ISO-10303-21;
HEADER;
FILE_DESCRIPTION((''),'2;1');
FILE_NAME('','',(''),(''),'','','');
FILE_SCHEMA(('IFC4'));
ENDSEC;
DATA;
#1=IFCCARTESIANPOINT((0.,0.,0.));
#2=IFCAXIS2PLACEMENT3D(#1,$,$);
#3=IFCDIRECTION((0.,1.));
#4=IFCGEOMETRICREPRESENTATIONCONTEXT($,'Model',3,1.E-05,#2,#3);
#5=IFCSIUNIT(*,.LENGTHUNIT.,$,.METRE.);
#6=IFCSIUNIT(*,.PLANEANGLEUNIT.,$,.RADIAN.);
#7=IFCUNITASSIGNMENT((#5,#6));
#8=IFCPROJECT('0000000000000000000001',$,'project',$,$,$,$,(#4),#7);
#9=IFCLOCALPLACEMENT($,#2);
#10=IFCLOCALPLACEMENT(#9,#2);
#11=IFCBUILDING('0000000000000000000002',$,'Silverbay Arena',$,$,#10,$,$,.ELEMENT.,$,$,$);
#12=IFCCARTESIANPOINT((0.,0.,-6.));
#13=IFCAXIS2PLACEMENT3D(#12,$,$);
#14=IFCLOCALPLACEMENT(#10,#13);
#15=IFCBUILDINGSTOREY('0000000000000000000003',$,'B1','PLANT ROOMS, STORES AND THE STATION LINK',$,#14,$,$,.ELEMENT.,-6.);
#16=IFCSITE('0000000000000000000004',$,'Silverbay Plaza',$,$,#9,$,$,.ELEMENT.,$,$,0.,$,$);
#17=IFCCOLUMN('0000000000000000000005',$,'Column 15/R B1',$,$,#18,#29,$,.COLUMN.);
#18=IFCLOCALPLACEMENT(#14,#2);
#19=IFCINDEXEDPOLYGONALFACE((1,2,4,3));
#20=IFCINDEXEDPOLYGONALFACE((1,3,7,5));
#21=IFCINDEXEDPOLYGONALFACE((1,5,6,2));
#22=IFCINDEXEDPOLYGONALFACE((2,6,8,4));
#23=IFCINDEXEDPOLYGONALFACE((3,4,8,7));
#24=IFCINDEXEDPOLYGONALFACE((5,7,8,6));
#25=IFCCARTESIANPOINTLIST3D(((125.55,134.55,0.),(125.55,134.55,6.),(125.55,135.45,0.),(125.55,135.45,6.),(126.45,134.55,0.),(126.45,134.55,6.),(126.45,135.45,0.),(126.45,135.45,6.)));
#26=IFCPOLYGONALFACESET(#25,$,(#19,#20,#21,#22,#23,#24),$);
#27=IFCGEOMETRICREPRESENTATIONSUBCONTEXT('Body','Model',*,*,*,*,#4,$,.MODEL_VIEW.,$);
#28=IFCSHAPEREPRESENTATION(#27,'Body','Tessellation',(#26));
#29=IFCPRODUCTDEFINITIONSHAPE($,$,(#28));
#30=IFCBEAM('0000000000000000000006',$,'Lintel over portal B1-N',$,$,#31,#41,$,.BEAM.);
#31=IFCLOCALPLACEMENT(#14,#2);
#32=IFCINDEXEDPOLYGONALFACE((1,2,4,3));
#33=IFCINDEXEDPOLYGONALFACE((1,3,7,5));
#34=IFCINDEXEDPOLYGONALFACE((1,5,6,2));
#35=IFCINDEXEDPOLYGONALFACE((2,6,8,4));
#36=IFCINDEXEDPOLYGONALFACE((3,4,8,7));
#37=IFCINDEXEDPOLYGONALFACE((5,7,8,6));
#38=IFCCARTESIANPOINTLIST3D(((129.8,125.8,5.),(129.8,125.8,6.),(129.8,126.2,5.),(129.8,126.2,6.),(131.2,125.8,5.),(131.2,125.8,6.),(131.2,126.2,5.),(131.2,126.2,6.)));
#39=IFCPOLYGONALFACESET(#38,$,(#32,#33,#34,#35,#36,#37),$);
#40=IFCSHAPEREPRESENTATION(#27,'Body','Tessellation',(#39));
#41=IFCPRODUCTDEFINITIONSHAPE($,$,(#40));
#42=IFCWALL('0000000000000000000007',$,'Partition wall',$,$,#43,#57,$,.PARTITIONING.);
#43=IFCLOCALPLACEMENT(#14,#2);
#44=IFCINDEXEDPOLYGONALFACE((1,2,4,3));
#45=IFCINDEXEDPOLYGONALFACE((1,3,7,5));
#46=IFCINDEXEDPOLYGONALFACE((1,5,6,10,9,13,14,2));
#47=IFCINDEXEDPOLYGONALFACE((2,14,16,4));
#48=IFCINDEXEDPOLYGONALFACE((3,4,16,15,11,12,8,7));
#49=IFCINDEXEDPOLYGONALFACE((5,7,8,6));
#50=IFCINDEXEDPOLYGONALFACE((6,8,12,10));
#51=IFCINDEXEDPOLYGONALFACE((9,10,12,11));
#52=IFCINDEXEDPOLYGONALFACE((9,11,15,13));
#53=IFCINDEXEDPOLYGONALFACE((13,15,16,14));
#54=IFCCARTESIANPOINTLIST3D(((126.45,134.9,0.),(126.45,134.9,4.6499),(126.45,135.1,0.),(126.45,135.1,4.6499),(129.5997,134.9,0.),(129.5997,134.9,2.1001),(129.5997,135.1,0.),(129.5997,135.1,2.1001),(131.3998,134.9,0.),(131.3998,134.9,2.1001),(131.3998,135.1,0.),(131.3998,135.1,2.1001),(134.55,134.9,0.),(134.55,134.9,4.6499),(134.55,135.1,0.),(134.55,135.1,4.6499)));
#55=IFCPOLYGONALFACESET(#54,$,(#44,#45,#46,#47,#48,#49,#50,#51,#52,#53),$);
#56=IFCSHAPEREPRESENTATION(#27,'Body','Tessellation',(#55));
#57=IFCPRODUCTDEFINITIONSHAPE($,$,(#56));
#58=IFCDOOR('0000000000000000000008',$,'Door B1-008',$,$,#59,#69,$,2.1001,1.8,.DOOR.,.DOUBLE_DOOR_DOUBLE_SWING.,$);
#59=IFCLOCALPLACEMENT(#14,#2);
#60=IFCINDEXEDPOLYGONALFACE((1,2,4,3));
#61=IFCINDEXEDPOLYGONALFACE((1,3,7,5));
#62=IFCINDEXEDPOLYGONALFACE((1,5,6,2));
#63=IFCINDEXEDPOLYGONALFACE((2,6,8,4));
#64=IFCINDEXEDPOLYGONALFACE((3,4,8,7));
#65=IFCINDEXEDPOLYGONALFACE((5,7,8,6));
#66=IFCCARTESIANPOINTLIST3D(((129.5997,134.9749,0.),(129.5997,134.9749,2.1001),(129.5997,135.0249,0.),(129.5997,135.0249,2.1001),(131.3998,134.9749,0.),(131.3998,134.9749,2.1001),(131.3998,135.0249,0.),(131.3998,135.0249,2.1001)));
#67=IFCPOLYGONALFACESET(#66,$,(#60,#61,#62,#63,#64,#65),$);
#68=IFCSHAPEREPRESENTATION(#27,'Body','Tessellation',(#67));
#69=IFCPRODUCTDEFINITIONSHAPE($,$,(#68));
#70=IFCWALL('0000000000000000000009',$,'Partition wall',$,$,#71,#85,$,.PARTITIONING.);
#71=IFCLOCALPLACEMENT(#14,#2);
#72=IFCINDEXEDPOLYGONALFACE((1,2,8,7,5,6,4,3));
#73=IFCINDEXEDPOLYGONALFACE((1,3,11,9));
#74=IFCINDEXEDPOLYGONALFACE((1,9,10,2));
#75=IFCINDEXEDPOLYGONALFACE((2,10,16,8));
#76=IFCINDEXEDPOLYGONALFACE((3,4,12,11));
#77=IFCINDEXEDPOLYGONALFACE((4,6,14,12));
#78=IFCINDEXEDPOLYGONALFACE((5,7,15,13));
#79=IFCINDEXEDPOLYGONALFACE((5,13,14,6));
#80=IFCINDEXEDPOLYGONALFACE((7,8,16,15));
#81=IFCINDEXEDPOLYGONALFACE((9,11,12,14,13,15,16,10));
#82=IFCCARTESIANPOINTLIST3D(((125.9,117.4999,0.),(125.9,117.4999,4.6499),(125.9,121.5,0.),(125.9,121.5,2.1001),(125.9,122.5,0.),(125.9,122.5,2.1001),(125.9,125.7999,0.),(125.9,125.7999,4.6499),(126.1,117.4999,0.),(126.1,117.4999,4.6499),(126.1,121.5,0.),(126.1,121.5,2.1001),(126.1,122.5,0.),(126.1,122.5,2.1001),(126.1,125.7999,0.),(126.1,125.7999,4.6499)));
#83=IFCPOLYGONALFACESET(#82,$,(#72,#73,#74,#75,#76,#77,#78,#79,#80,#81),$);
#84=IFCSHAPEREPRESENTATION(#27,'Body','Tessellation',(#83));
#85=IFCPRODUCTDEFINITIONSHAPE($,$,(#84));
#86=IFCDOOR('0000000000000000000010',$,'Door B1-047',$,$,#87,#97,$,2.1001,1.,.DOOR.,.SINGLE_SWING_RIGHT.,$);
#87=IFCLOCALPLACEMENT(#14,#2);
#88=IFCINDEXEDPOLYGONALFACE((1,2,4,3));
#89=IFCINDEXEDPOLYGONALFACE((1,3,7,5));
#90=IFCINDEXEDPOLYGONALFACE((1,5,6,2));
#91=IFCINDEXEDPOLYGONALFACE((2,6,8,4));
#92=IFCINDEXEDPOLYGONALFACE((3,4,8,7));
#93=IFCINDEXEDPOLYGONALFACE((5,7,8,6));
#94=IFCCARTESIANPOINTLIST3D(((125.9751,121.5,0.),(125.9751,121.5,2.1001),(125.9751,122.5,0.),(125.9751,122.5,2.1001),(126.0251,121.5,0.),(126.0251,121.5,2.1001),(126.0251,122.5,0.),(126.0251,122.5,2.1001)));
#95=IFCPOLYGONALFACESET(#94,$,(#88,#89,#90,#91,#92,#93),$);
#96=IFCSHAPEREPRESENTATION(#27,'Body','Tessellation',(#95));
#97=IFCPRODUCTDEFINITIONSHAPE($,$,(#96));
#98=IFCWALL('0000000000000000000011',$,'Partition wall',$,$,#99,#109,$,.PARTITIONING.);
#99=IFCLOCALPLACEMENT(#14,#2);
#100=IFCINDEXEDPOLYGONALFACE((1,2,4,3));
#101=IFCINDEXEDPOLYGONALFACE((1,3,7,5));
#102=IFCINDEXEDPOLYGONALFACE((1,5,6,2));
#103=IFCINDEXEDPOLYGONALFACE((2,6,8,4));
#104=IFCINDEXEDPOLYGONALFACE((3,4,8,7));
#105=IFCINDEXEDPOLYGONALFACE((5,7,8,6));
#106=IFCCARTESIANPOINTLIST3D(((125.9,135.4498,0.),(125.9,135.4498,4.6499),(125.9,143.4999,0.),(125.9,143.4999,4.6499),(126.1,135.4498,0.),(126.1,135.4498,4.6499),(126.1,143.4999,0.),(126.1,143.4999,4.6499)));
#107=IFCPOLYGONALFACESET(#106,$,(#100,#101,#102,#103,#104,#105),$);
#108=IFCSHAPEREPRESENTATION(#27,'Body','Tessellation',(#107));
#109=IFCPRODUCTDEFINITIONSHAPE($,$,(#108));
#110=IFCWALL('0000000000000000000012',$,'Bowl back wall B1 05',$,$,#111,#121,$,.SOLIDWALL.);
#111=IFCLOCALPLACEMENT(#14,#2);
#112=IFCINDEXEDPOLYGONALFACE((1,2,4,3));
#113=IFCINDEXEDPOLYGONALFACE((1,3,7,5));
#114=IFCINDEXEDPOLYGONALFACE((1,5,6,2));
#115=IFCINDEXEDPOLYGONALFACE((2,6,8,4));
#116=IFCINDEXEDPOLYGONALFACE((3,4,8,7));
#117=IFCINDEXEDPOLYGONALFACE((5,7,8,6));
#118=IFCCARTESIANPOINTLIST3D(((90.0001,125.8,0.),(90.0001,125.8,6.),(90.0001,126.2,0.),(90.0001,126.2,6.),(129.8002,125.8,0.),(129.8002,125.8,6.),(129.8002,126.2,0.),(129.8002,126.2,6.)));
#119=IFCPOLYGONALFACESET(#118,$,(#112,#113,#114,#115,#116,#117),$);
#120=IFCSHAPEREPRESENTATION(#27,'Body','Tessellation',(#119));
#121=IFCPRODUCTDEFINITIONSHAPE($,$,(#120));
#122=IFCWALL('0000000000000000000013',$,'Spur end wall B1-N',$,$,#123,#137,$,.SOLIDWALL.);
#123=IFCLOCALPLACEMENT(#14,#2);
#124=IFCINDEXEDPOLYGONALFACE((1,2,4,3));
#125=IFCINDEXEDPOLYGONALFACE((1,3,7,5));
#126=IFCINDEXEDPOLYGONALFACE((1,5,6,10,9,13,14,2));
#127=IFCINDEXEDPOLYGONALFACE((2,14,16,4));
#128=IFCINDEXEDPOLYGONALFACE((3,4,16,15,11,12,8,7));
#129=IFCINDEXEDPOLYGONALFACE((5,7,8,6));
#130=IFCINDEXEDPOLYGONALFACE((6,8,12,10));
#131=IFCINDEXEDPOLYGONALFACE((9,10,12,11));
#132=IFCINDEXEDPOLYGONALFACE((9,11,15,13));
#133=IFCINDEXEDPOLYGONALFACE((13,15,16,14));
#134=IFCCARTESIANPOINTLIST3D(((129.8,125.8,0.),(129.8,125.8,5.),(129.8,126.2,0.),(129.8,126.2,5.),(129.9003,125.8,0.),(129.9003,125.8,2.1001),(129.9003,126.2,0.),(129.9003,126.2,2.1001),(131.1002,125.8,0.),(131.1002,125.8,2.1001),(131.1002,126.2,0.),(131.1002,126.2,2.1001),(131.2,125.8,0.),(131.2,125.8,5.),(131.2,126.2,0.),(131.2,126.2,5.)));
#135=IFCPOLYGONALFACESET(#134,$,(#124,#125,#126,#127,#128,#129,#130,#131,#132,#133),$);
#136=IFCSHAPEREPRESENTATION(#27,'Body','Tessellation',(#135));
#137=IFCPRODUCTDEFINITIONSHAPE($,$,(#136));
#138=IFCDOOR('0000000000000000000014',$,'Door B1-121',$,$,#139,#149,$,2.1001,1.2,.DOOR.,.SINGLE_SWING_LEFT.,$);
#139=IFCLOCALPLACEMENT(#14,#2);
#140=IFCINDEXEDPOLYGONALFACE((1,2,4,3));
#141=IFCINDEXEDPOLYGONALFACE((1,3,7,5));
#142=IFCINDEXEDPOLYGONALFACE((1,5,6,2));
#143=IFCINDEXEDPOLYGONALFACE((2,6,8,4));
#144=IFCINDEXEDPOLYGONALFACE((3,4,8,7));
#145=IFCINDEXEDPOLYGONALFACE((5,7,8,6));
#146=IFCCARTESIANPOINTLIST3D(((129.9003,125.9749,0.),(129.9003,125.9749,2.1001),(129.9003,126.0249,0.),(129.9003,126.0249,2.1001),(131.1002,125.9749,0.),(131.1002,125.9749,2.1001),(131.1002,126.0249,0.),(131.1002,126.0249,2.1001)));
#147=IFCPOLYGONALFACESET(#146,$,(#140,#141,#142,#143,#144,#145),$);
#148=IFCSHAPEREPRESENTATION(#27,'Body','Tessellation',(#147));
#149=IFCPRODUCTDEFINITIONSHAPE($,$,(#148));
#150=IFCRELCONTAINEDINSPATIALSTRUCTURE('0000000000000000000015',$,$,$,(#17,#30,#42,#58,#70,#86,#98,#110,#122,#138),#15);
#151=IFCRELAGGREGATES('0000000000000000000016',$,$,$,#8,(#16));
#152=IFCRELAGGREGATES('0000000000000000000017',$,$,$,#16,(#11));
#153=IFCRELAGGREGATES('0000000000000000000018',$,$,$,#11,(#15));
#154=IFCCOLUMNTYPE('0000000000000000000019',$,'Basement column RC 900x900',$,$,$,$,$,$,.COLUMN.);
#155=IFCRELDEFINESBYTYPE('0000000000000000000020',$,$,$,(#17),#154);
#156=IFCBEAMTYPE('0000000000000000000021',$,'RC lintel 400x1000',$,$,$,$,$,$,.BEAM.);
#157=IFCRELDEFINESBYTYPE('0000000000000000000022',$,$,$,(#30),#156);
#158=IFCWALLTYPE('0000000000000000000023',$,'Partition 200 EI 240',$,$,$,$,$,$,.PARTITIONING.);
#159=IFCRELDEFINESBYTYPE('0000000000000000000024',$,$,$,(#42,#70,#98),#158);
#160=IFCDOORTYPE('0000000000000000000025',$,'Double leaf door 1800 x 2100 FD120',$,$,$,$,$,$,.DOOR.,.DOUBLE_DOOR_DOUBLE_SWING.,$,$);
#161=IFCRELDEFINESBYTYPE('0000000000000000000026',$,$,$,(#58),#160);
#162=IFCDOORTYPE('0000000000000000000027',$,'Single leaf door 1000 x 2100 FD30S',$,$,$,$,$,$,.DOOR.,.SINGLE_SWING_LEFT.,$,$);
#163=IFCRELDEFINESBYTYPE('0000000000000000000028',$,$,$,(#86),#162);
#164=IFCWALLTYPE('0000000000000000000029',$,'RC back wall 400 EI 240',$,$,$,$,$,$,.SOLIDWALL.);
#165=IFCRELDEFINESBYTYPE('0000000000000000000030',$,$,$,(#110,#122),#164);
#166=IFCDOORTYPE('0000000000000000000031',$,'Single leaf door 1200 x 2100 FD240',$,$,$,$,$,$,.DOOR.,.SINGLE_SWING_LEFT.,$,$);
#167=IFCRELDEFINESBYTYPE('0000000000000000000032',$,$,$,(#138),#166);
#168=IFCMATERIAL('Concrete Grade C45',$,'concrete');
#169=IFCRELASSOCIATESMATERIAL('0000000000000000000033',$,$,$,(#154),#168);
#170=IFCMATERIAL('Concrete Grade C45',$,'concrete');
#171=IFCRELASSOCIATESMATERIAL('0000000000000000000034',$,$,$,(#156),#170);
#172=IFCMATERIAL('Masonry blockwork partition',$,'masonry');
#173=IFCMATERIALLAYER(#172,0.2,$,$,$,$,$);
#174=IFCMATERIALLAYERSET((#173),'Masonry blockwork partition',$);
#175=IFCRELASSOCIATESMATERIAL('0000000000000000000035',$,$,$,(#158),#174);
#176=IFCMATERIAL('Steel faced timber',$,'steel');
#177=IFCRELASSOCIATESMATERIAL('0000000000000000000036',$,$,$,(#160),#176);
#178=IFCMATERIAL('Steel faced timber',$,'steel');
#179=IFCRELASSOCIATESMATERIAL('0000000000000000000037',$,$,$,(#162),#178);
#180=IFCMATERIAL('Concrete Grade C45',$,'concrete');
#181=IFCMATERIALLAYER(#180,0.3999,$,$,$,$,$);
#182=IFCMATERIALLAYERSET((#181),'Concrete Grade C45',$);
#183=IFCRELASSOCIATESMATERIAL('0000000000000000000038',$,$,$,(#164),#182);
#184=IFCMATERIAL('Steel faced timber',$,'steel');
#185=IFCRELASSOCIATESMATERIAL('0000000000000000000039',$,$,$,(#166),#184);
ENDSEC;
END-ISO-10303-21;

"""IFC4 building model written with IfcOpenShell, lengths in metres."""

from ifc_helpers import new_model, si_unit, direction, frame, frame_2d, origin, origin_2d, place, context, subcontext, project, spatial, rectangle, extrude, material, layer, layer_set, material_profile, profile_set, type_object, element, fill, save


model = new_model("IFC4")

# Units and contexts
model_context = context("Model", 3, precision=1e-05, world=origin(), true_north=direction((0.0, 1.0)))
body_context = subcontext(model_context, "Body", "Model", "MODEL_VIEW")
ifc_project = project(units=[si_unit("LENGTHUNIT", "METRE"), si_unit("PLANEANGLEUNIT", "RADIAN")], contexts=[model_context])

# Site, building, storey
site_placement = place(None, origin())
site = spatial("IfcSite", under=ifc_project, at=site_placement, Name="Silverbay Plaza", CompositionType="ELEMENT", RefElevation=0.0)
building_placement = place(site_placement, origin())
building = spatial("IfcBuilding", under=site, at=building_placement, Name="Silverbay Arena", CompositionType="ELEMENT")
storey_placement = place(building_placement, frame((0.0, 0.0, -6.0)))
storey = spatial("IfcBuildingStorey", under=building, at=storey_placement, Name="B1", Description="PLANT ROOMS, STORES AND THE STATION LINK", CompositionType="ELEMENT", Elevation=-6.0)

# Column
ifc_material_1 = material(Name="Concrete Grade C45", Category="concrete")
ifc_material_profile_1 = material_profile(ifc_material_1, rectangle(XDim=0.8999, YDim=0.8999, at=origin_2d()), Name="RC 900x900")
ifc_profile_set_1 = profile_set([ifc_material_profile_1], Name="Concrete Grade C45")
column_type = type_object("IfcColumnType", Name="Basement column RC 900x900", PredefinedType="COLUMN", material=ifc_profile_set_1)
column_placement = place(storey_placement, frame((126.0, 135.0, 0.0), z_axis=(0.0, 0.0, 1.0), x_axis=(1.0, 0.0, 0.0)))
element("IfcColumn", 1, at=column_placement, inside=storey, type_object=column_type, Name="Column 15/R B1", PredefinedType="COLUMN", context=body_context, shape_type="SweptSolid", body=[
    extrude(rectangle(XDim=0.8999, YDim=0.8999, at=origin_2d()), origin(), (0.0, 0.0, 1.0), 6.0),
])

# Beam
ifc_material_2 = material(Name="Concrete Grade C45", Category="concrete")
ifc_material_profile_2 = material_profile(ifc_material_2, rectangle(XDim=0.3999, YDim=1.0, at=origin_2d()), Name="RC 400x1000")
ifc_profile_set_2 = profile_set([ifc_material_profile_2], Name="Concrete Grade C45")
beam_type = type_object("IfcBeamType", Name="RC lintel 400x1000", PredefinedType="BEAM", material=ifc_profile_set_2)
beam_placement = place(storey_placement, frame((129.8, 126.0, 5.5), z_axis=(1.0, 0.0, 0.0), x_axis=(0.0, 1.0, 0.0)))
element("IfcBeam", 2, at=beam_placement, inside=storey, type_object=beam_type, Name="Lintel over portal B1-N", PredefinedType="BEAM", context=body_context, shape_type="SweptSolid", body=[
    extrude(rectangle(XDim=0.3999, YDim=1.0, at=origin_2d()), origin(), (0.0, 0.0, 1.0), 1.3999),
])

# Walls, openings, doors
ifc_material_3 = material(Name="Masonry blockwork partition", Category="masonry")
ifc_layer_1 = layer(ifc_material_3, 0.2)
ifc_layer_set_1 = layer_set([ifc_layer_1], Name="Masonry blockwork partition")
wall_type_1 = type_object("IfcWallType", Name="Partition 200 EI 240", PredefinedType="PARTITIONING", material=ifc_layer_set_1)
wall_1_placement = place(storey_placement, frame((126.45, 135.0, 0.0), z_axis=(0.0, 0.0, 1.0), x_axis=(1.0, 0.0, 0.0)))
wall_1 = element("IfcWall", 3, at=wall_1_placement, inside=storey, type_object=wall_type_1, Name="Partition wall", PredefinedType="PARTITIONING", context=body_context, shape_type="SweptSolid", body=[
    extrude(rectangle(XDim=8.1001, YDim=0.2, at=frame_2d((4.05, 0.0))), origin(), (0.0, 0.0, 1.0), 4.6499),
])
opening_1_placement = place(wall_1_placement, frame((3.1499, 0.0, 0.0)))
opening_1 = element("IfcOpeningElement", 4, at=opening_1_placement, cuts=wall_1, PredefinedType="OPENING", context=body_context, shape_type="SweptSolid", body=[
    extrude(rectangle(XDim=1.8, YDim=2.1001, at=frame_2d((0.8999, 1.05))), frame((0.0, 0.1099, 0.0), z_axis=(0.0, -1.0, 0.0), x_axis=(1.0, 0.0, 0.0)), (0.0, 0.0, 1.0), 0.22),
])
ifc_material_4 = material(Name="Steel faced timber", Category="steel")
door_type_1 = type_object("IfcDoorType", Name="Double leaf door 1800 x 2100 FD120", OperationType="DOUBLE_DOOR_DOUBLE_SWING", PredefinedType="DOOR", material=ifc_material_4)
door_1_placement = place(opening_1_placement, origin())
door_1 = element("IfcDoor", 5, at=door_1_placement, inside=storey, type_object=door_type_1, Name="Door B1-008", OperationType="DOUBLE_DOOR_DOUBLE_SWING", OverallHeight=2.1001, OverallWidth=1.8, PredefinedType="DOOR", context=body_context, shape_type="SweptSolid", body=[
    extrude(rectangle(XDim=1.8, YDim=2.1001, at=frame_2d((0.8999, 1.05))), frame((0.0, 0.0249, 0.0), z_axis=(0.0, -1.0, 0.0), x_axis=(1.0, 0.0, 0.0)), (0.0, 0.0, 1.0), 0.05),
])
fill(opening_1, door_1)
wall_2_placement = place(storey_placement, frame((126.0, 117.5, 0.0), z_axis=(0.0, 0.0, 1.0), x_axis=(0.0, 1.0, 0.0)))
wall_2 = element("IfcWall", 6, at=wall_2_placement, inside=storey, type_object=wall_type_1, Name="Partition wall", PredefinedType="PARTITIONING", context=body_context, shape_type="SweptSolid", body=[
    extrude(rectangle(XDim=8.3, YDim=0.2, at=frame_2d((4.1499, 0.0))), origin(), (0.0, 0.0, 1.0), 4.6499),
])
opening_2_placement = place(wall_2_placement, frame((4.0, 0.0, 0.0)))
opening_2 = element("IfcOpeningElement", 7, at=opening_2_placement, cuts=wall_2, PredefinedType="OPENING", context=body_context, shape_type="SweptSolid", body=[
    extrude(rectangle(XDim=1.0, YDim=2.1001, at=frame_2d((0.5, 1.05))), frame((0.0, 0.1099, 0.0), z_axis=(0.0, -1.0, 0.0), x_axis=(1.0, 0.0, 0.0)), (0.0, 0.0, 1.0), 0.22),
])
ifc_material_5 = material(Name="Steel faced timber", Category="steel")
door_type_2 = type_object("IfcDoorType", Name="Single leaf door 1000 x 2100 FD30S", OperationType="SINGLE_SWING_LEFT", PredefinedType="DOOR", material=ifc_material_5)
door_2_placement = place(opening_2_placement, origin())
door_2 = element("IfcDoor", 8, at=door_2_placement, inside=storey, type_object=door_type_2, Name="Door B1-047", OperationType="SINGLE_SWING_RIGHT", OverallHeight=2.1001, OverallWidth=1.0, PredefinedType="DOOR", context=body_context, shape_type="SweptSolid", body=[
    extrude(rectangle(XDim=1.0, YDim=2.1001, at=frame_2d((0.5, 1.05))), frame((0.0, 0.0249, 0.0), z_axis=(0.0, -1.0, 0.0), x_axis=(1.0, 0.0, 0.0)), (0.0, 0.0, 1.0), 0.05),
])
fill(opening_2, door_2)

# Walls
wall_3_placement = place(storey_placement, frame((126.0, 135.45, 0.0), z_axis=(0.0, 0.0, 1.0), x_axis=(0.0, 1.0, 0.0)))
element("IfcWall", 9, at=wall_3_placement, inside=storey, type_object=wall_type_1, Name="Partition wall", PredefinedType="PARTITIONING", context=body_context, shape_type="SweptSolid", body=[
    extrude(rectangle(XDim=8.05, YDim=0.2, at=frame_2d((4.0249, 0.0))), origin(), (0.0, 0.0, 1.0), 4.6499),
])
ifc_material_6 = material(Name="Concrete Grade C45", Category="concrete")
ifc_layer_2 = layer(ifc_material_6, 0.3999)
ifc_layer_set_2 = layer_set([ifc_layer_2], Name="Concrete Grade C45")
wall_type_2 = type_object("IfcWallType", Name="RC back wall 400 EI 240", PredefinedType="SOLIDWALL", material=ifc_layer_set_2)
wall_4_placement = place(storey_placement, frame((129.8, 126.0, 0.0), z_axis=(0.0, 0.0, 1.0), x_axis=(-1.0, 0.0, 0.0)))
element("IfcWall", 10, at=wall_4_placement, inside=storey, type_object=wall_type_2, Name="Bowl back wall B1 05", PredefinedType="SOLIDWALL", context=body_context, shape_type="SweptSolid", body=[
    extrude(rectangle(XDim=39.8, YDim=0.3999, at=frame_2d((19.8999, 0.0))), origin(), (0.0, 0.0, 1.0), 6.0),
])

# Wall, opening, door
wall_5_placement = place(storey_placement, frame((129.8, 126.0, 0.0), z_axis=(0.0, 0.0, 1.0), x_axis=(1.0, 0.0, 0.0)))
wall_5 = element("IfcWall", 11, at=wall_5_placement, inside=storey, type_object=wall_type_2, Name="Spur end wall B1-N", PredefinedType="SOLIDWALL", context=body_context, shape_type="SweptSolid", body=[
    extrude(rectangle(XDim=1.3999, YDim=0.3999, at=frame_2d((0.7, 0.0))), origin(), (0.0, 0.0, 1.0), 5.0),
])
opening_3_placement = place(wall_5_placement, frame((0.1001, 0.0, 0.0)))
opening_3 = element("IfcOpeningElement", 12, at=opening_3_placement, cuts=wall_5, PredefinedType="OPENING", context=body_context, shape_type="SweptSolid", body=[
    extrude(rectangle(XDim=1.2, YDim=2.1001, at=frame_2d((0.6001, 1.05))), frame((0.0, 0.21, 0.0), z_axis=(0.0, -1.0, 0.0), x_axis=(1.0, 0.0, 0.0)), (0.0, 0.0, 1.0), 0.4199),
])
ifc_material_7 = material(Name="Steel faced timber", Category="steel")
door_type_3 = type_object("IfcDoorType", Name="Single leaf door 1200 x 2100 FD240", OperationType="SINGLE_SWING_LEFT", PredefinedType="DOOR", material=ifc_material_7)
door_3_placement = place(opening_3_placement, origin())
door_3 = element("IfcDoor", 13, at=door_3_placement, inside=storey, type_object=door_type_3, Name="Door B1-121", OperationType="SINGLE_SWING_LEFT", OverallHeight=2.1001, OverallWidth=1.2, PredefinedType="DOOR", context=body_context, shape_type="SweptSolid", body=[
    extrude(rectangle(XDim=1.2, YDim=2.1001, at=frame_2d((0.6001, 1.05))), frame((0.0, 0.0249, 0.0), z_axis=(0.0, -1.0, 0.0), x_axis=(1.0, 0.0, 0.0)), (0.0, 0.0, 1.0), 0.05),
])
fill(opening_3, door_3)

save(model, "model.ifc")
